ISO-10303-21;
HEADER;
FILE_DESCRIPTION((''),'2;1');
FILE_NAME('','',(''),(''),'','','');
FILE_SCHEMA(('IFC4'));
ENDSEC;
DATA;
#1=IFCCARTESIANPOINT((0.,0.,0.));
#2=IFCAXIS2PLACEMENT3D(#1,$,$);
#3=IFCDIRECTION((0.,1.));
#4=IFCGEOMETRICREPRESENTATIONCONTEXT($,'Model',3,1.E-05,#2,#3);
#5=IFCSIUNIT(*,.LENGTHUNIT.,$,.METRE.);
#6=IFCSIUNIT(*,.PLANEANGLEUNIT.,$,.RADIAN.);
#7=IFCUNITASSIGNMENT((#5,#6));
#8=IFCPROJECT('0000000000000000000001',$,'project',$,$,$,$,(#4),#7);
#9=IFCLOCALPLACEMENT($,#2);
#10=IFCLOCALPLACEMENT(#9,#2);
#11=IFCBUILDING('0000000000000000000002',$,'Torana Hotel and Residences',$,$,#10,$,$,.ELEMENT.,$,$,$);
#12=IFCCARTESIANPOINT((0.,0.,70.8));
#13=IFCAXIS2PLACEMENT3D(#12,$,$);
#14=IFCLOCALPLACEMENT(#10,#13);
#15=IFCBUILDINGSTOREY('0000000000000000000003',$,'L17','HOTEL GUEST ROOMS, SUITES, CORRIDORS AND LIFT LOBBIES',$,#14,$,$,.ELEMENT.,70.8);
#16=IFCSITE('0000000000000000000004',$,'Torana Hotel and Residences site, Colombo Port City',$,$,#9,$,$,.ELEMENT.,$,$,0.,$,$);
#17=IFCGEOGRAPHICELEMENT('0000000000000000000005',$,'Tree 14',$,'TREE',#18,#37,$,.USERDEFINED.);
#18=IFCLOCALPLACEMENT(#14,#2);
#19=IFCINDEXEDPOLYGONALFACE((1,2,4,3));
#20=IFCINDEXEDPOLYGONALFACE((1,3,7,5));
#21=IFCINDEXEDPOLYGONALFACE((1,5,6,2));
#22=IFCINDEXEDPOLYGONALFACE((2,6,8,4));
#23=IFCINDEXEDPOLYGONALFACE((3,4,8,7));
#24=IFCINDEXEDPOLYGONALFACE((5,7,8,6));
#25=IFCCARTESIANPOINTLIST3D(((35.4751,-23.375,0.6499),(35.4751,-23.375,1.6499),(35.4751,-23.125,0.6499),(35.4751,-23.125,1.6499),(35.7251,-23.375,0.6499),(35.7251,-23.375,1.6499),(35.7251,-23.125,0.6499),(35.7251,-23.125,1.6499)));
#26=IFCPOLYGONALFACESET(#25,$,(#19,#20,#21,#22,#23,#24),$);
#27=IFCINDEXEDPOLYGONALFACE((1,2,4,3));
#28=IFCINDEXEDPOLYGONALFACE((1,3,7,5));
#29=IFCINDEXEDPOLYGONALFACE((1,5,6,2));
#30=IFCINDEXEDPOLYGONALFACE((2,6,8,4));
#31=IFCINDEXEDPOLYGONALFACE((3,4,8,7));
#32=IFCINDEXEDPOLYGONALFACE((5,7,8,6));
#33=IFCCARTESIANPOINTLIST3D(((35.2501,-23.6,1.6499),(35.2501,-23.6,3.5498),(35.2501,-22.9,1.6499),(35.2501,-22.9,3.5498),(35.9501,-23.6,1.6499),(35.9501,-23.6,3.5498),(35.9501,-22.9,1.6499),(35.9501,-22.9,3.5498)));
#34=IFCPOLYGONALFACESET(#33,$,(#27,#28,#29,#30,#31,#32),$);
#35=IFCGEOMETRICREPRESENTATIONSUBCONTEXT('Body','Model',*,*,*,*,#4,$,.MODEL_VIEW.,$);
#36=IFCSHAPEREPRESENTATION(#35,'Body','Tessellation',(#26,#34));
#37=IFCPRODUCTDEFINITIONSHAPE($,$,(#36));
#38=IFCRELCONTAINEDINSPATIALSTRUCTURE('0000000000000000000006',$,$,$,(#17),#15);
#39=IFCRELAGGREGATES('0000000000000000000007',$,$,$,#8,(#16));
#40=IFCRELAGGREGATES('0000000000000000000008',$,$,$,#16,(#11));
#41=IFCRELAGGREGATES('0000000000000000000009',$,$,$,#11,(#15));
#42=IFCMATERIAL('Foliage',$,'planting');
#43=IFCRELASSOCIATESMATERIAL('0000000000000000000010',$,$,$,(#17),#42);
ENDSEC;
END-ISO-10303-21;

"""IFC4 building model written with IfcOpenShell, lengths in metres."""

from ifc_helpers import new_model, si_unit, direction, frame, origin, origin_2d, place, context, subcontext, project, spatial, rectangle, extrude, material, element, save


model = new_model("IFC4")

# Units and contexts
model_context = context("Model", 3, precision=1e-05, world=origin(), true_north=direction((0.0, 1.0)))
body_context = subcontext(model_context, "Body", "Model", "MODEL_VIEW")
ifc_project = project(units=[si_unit("LENGTHUNIT", "METRE"), si_unit("PLANEANGLEUNIT", "RADIAN")], contexts=[model_context])

# Site, building, storey
site_placement = place(None, origin())
site = spatial("IfcSite", under=ifc_project, at=site_placement, Name="Torana Hotel and Residences site, Colombo Port City", CompositionType="ELEMENT", RefElevation=0.0)
building_placement = place(site_placement, origin())
building = spatial("IfcBuilding", under=site, at=building_placement, Name="Torana Hotel and Residences", CompositionType="ELEMENT")
storey_placement = place(building_placement, frame((0.0, 0.0, 70.8)))
storey = spatial("IfcBuildingStorey", under=building, at=storey_placement, Name="L17", Description="HOTEL GUEST ROOMS, SUITES, CORRIDORS AND LIFT LOBBIES", CompositionType="ELEMENT", Elevation=70.8)

# Geographic element
ifc_material_1 = material(Name="Foliage", Category="planting")
geographic_element_placement = place(storey_placement, frame((35.6001, -23.25, 0.6499), z_axis=(0.0, 0.0, 1.0), x_axis=(1.0, 0.0, 0.0)))
element("IfcGeographicElement", 1, at=geographic_element_placement, inside=storey, material=ifc_material_1, Name="Tree 14", ObjectType="TREE", PredefinedType="USERDEFINED", context=body_context, shape_type="SweptSolid", body=[
    extrude(rectangle(XDim=0.25, YDim=0.25, at=origin_2d()), origin(), (0.0, 0.0, 1.0), 1.0),
    extrude(rectangle(XDim=0.7, YDim=0.7, at=origin_2d()), frame((0.0, 0.0, 1.0)), (0.0, 0.0, 1.0), 1.8999),
])

save(model, "model.ifc")
